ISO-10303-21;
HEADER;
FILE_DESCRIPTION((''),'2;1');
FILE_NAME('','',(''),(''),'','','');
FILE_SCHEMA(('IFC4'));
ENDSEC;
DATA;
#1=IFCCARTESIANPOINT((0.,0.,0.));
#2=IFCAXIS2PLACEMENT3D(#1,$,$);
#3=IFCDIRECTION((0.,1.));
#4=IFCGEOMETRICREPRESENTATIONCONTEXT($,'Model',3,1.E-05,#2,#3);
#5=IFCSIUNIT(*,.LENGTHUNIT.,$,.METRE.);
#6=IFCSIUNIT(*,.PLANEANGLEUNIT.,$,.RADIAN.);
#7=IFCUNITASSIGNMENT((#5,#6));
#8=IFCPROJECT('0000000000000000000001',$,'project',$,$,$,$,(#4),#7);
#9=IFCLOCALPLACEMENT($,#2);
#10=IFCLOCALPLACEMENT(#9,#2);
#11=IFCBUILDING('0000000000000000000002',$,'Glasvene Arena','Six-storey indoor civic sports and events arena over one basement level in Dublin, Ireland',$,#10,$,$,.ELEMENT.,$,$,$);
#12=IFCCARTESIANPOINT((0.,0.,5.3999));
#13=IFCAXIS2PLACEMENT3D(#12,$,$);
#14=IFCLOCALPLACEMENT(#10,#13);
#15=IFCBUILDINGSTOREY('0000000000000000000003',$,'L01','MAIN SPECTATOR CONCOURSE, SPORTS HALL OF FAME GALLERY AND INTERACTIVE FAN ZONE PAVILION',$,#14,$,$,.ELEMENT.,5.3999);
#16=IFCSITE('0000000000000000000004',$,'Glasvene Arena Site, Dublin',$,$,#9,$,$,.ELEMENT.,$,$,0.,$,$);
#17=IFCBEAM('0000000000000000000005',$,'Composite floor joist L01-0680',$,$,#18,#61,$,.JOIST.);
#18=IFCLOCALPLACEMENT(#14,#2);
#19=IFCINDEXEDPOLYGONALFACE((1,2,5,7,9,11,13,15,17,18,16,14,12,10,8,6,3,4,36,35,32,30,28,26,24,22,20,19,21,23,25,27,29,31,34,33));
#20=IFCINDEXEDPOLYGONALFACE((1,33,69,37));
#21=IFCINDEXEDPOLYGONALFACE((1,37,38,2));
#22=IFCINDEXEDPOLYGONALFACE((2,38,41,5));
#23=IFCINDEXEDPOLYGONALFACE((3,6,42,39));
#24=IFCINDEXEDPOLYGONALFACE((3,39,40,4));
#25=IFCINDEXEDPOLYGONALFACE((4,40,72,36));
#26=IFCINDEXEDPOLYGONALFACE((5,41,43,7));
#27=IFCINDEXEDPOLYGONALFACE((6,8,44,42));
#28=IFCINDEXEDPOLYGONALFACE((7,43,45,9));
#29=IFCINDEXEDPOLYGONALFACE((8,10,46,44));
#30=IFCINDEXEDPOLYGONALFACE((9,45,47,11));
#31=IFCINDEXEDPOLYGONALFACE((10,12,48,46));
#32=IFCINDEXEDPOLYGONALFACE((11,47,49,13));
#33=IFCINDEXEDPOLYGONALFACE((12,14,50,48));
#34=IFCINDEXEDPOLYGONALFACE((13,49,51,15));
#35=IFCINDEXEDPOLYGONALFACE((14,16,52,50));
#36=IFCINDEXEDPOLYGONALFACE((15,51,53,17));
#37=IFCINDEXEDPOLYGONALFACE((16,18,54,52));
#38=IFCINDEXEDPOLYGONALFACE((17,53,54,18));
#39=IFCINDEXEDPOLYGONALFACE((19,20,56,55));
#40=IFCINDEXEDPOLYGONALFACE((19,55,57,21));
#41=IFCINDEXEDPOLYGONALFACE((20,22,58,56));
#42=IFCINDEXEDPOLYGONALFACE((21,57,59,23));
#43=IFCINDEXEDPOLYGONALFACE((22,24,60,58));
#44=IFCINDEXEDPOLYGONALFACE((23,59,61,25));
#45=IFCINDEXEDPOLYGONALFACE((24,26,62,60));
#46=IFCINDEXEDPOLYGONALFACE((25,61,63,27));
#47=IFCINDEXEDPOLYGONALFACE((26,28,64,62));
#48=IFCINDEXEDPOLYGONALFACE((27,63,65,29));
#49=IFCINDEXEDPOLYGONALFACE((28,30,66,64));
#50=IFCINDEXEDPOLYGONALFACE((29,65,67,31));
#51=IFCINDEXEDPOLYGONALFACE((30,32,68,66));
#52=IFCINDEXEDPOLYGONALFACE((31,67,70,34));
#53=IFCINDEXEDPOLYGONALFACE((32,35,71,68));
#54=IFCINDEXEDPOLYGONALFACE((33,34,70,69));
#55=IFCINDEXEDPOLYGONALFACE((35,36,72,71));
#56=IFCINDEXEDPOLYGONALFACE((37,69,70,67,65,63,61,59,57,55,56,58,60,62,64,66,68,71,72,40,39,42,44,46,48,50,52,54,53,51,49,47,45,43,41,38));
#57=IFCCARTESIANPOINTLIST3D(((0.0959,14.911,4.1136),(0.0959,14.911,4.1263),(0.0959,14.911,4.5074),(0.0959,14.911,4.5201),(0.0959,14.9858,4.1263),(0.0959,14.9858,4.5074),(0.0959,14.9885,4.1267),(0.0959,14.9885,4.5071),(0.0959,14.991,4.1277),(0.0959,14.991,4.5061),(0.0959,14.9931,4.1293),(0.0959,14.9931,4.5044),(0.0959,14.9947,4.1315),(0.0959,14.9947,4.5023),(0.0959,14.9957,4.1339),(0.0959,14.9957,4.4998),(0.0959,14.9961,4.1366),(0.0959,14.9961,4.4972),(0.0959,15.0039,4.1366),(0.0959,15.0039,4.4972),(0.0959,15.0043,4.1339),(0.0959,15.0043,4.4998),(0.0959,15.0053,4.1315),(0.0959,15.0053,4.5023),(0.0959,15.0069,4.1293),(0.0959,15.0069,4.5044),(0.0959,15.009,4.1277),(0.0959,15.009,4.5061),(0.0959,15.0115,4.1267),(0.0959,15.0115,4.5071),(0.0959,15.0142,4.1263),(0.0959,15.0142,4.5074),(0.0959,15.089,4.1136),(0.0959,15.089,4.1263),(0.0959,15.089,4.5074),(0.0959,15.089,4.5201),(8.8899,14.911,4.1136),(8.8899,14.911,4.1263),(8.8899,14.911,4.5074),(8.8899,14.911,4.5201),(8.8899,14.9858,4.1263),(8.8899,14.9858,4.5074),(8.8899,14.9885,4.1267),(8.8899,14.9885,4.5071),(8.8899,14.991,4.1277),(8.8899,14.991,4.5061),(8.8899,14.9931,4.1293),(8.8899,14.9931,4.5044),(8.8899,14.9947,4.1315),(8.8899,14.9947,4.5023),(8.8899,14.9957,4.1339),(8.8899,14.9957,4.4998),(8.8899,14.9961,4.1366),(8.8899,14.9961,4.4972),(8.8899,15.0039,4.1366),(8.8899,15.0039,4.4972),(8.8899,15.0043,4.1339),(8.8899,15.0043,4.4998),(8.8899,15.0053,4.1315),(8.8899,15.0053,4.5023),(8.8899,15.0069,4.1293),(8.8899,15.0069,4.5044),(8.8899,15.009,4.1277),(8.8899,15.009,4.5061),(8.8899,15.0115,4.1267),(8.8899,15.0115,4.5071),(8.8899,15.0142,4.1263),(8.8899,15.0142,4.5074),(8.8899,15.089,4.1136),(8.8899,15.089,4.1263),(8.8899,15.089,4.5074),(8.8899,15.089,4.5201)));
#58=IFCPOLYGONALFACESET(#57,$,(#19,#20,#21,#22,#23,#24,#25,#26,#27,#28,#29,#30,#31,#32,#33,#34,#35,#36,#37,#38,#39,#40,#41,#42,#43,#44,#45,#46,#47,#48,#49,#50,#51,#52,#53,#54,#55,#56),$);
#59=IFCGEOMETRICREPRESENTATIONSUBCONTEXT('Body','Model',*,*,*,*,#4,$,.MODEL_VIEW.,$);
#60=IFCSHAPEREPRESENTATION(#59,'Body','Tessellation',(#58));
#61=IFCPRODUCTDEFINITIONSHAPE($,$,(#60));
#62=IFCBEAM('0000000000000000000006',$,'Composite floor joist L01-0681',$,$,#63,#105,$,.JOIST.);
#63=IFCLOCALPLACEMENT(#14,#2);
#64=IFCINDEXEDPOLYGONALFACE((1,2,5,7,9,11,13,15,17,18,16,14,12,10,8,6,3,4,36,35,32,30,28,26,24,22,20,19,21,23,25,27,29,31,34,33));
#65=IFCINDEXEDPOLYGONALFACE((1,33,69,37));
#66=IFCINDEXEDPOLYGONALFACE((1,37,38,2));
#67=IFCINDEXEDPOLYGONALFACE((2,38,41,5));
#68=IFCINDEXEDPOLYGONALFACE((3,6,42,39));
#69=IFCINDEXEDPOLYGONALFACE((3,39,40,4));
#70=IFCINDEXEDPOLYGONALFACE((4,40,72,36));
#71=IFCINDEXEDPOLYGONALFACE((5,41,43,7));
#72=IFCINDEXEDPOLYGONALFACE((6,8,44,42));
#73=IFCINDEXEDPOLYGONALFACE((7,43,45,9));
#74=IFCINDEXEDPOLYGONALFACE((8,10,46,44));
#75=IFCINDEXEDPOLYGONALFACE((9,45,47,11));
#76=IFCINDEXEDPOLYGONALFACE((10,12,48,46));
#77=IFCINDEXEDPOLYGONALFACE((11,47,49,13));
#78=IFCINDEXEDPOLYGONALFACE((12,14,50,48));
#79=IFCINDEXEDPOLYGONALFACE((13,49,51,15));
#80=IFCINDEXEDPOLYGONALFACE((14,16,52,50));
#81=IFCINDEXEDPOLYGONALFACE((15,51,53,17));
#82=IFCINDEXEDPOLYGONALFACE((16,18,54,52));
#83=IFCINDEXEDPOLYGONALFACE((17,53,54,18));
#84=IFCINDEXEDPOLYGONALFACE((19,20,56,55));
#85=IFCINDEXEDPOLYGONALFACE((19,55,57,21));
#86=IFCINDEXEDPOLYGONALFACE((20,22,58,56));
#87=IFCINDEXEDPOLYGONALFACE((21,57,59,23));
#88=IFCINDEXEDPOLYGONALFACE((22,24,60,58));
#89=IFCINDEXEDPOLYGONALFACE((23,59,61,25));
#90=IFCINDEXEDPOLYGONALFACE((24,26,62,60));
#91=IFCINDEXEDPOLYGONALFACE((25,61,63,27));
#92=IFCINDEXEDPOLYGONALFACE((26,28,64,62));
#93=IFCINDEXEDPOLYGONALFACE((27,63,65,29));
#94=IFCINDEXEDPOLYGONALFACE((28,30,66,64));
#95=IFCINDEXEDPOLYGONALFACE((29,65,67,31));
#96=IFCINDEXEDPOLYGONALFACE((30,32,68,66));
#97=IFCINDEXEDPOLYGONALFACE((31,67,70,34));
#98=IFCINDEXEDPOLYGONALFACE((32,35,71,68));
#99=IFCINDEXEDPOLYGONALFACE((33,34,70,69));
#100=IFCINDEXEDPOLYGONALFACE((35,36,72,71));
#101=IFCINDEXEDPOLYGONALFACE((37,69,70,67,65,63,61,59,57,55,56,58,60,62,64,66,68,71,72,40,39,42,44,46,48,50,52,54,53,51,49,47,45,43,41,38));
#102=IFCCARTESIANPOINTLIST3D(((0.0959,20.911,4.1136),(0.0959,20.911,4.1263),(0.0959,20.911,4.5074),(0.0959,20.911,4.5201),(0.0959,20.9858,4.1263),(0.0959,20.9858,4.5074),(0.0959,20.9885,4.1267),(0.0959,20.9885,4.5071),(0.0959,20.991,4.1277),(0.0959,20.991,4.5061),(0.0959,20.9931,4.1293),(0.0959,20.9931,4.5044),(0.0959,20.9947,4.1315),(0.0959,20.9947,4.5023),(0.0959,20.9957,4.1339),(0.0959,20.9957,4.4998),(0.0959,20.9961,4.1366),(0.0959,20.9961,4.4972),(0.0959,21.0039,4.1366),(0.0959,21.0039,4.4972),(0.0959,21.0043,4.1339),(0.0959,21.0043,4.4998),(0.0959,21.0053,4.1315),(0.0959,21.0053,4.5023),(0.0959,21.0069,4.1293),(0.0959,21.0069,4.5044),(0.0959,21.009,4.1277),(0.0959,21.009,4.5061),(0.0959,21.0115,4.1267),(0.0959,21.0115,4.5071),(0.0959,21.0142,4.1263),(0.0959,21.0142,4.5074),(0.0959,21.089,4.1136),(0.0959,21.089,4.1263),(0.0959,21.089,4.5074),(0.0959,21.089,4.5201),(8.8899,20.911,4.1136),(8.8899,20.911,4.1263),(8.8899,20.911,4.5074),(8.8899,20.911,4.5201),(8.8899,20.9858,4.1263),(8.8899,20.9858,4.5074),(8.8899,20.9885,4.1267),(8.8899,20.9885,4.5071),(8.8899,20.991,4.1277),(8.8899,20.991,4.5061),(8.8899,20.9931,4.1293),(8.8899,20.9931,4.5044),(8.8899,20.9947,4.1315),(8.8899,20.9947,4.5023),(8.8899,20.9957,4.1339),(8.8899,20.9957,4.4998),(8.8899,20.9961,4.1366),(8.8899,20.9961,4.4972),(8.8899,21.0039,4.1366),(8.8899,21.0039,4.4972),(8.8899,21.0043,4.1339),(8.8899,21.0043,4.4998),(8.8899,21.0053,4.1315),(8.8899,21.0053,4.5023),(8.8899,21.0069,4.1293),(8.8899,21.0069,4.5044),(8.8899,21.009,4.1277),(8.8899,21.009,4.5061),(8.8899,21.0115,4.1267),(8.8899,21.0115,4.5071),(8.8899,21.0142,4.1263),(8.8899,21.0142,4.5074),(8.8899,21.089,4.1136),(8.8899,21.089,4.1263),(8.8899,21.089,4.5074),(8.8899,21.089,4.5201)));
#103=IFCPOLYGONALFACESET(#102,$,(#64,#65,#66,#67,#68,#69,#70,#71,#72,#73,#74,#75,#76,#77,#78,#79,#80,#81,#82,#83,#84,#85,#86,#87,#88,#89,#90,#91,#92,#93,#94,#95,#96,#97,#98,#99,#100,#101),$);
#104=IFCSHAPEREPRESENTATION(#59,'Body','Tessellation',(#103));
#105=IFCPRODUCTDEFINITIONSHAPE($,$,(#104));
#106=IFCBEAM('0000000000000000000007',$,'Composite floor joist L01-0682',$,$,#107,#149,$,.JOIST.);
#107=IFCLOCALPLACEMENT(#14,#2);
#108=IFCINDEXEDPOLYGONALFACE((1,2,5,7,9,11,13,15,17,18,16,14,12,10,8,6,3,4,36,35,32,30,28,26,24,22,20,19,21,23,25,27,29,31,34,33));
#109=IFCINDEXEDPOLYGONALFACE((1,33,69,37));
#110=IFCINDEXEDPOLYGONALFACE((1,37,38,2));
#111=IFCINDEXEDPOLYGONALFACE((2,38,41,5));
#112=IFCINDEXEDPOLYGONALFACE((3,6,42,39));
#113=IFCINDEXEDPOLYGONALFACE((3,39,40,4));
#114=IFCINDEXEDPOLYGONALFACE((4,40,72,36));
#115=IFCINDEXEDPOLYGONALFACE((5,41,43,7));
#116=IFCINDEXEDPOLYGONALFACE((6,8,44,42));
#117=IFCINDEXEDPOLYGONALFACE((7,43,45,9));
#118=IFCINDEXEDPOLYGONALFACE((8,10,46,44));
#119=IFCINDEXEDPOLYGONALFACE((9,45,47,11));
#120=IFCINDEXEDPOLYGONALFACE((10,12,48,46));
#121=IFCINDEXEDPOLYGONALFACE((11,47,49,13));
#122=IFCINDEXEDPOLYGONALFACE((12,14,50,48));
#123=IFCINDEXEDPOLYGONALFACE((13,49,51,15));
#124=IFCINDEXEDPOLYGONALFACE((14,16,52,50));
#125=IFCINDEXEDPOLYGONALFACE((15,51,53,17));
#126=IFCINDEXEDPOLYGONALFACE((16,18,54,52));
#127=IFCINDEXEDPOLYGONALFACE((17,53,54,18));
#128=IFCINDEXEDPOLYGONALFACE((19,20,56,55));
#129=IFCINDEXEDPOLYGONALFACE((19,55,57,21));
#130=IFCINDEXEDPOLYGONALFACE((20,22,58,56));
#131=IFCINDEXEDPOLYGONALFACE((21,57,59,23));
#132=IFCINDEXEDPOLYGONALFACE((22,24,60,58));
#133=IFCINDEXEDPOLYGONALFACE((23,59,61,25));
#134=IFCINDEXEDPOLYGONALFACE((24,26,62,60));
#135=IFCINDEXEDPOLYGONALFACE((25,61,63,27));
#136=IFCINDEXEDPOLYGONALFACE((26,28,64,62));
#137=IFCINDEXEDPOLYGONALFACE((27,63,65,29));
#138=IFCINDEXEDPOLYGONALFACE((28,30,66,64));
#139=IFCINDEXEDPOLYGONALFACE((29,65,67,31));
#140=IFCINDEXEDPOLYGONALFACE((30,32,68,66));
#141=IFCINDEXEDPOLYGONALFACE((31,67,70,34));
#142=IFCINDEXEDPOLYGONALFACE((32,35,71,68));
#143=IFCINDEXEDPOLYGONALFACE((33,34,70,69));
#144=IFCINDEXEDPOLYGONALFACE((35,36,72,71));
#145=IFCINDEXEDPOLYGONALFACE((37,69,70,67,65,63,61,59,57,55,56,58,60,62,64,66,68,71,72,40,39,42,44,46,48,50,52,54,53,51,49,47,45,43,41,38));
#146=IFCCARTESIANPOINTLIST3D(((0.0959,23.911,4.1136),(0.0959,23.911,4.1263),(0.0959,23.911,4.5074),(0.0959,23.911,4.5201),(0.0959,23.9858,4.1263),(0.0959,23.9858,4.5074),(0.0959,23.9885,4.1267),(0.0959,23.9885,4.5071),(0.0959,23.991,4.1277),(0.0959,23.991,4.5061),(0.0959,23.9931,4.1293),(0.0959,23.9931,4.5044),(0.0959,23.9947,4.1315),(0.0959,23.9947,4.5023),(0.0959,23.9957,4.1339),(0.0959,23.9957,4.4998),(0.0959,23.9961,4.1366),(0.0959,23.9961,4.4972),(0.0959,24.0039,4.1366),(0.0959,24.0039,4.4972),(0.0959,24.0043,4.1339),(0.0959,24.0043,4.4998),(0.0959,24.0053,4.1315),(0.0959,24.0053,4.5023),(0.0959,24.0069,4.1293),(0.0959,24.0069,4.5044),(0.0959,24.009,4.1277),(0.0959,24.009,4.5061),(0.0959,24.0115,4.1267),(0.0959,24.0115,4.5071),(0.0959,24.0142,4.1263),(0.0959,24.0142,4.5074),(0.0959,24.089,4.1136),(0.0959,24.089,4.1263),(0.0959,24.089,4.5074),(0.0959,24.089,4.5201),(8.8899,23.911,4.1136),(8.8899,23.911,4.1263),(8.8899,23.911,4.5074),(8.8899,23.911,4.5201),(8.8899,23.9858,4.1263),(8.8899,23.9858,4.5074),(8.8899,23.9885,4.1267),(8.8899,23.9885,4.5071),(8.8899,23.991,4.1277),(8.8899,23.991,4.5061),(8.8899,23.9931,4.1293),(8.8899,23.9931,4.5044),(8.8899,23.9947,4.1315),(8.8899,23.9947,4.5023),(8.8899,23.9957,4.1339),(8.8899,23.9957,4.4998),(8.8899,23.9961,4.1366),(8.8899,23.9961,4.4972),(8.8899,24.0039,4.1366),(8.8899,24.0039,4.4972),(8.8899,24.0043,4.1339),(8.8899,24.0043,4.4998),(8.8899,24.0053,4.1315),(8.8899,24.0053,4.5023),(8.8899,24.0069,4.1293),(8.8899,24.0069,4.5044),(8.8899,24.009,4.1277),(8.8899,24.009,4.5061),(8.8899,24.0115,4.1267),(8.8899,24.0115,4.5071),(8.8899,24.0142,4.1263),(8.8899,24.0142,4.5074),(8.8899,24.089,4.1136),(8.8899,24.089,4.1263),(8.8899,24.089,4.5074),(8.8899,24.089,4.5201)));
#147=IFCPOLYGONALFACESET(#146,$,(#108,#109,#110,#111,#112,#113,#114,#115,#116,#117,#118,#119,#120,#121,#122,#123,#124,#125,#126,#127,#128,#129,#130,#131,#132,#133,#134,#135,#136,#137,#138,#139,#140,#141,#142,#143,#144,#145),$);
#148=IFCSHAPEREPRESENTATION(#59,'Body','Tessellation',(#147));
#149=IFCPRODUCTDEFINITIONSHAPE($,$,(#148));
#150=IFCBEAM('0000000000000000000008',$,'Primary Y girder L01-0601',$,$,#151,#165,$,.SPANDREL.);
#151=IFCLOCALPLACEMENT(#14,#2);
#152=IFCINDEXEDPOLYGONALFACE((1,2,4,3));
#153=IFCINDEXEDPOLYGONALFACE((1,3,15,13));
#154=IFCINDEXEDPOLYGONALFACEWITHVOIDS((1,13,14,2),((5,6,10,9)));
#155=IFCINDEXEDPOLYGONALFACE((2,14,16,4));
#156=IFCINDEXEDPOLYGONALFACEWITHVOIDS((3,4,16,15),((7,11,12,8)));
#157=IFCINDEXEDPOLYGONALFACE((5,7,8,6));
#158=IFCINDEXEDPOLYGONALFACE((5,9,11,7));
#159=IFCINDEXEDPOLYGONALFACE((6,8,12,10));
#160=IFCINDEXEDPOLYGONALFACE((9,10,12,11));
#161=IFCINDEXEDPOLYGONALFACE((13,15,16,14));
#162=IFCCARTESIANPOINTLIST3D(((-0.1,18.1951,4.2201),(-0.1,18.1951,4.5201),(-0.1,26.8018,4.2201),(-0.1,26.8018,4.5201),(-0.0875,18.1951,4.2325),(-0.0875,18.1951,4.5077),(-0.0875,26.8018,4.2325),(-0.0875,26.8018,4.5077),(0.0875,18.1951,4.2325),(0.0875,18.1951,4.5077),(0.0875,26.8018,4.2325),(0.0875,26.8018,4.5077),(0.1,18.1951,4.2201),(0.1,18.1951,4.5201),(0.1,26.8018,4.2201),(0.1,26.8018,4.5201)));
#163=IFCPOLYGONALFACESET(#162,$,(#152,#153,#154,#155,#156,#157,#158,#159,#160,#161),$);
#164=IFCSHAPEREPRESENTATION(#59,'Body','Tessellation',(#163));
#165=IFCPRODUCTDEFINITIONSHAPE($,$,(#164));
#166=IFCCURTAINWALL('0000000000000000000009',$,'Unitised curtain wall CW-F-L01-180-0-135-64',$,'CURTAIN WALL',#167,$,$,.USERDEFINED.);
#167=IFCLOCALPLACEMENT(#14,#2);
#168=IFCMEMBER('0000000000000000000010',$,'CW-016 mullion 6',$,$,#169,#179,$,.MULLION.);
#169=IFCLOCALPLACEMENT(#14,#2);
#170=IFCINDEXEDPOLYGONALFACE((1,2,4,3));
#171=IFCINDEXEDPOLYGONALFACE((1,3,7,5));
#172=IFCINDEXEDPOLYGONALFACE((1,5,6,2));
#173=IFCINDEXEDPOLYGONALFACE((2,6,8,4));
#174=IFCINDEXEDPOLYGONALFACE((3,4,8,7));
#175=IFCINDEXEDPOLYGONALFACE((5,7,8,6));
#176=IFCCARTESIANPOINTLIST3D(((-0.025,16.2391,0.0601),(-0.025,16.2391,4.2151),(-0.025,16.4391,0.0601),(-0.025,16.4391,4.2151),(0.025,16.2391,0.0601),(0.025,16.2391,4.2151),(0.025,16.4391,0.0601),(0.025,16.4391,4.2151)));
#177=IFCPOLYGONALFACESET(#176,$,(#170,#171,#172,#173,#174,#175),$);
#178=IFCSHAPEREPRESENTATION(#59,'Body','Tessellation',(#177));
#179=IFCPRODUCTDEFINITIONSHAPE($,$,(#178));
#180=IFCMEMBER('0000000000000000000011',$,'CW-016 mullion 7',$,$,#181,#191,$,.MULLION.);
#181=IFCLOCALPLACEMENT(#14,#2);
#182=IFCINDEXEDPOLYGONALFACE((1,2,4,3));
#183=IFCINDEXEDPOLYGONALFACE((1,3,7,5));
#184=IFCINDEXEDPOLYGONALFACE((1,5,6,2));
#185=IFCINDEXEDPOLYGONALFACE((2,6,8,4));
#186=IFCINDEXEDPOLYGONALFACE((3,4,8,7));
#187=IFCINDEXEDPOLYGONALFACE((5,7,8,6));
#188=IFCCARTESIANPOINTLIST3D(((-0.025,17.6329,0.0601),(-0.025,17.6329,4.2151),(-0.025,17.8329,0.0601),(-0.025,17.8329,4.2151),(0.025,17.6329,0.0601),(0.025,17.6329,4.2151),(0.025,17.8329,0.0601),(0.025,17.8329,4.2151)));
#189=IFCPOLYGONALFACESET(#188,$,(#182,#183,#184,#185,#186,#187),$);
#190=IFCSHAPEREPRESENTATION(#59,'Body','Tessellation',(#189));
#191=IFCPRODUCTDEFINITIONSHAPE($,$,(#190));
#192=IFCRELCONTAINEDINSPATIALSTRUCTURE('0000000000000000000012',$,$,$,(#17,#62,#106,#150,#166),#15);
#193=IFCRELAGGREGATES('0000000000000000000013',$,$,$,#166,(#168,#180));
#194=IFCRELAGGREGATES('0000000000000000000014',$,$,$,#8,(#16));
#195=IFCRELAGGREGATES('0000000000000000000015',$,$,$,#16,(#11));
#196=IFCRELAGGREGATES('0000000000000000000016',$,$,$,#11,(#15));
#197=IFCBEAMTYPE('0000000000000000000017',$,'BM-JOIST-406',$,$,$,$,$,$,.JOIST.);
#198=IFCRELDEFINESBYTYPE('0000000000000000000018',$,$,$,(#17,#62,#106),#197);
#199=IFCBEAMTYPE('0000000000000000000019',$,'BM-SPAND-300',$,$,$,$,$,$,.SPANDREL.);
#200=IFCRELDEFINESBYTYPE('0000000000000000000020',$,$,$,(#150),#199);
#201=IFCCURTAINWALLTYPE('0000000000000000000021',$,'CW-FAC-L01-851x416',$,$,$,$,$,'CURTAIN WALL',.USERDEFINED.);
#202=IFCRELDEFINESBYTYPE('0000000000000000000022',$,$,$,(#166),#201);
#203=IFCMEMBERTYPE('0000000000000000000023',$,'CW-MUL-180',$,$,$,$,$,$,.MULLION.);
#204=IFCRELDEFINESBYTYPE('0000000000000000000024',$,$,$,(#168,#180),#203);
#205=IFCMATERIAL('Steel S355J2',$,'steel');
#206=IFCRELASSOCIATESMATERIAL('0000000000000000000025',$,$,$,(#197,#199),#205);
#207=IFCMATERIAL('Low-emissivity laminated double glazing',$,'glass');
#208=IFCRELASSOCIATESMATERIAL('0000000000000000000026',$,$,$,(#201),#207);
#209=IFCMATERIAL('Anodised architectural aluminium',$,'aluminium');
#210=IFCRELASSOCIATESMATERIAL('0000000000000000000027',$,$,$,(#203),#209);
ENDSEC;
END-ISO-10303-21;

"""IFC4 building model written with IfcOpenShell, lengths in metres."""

from ifc_helpers import new_model, si_unit, direction, frame, origin, origin_2d, place, context, subcontext, project, spatial, rectangle, hollow_rectangle, i_section, extrude, material, material_profile, profile_set, type_object, element, aggregate, save


model = new_model("IFC4")

# Units and contexts
model_context = context("Model", 3, precision=1e-05, world=origin(), true_north=direction((0.0, 1.0)))
body_context = subcontext(model_context, "Body", "Model", "MODEL_VIEW")
ifc_project = project(units=[si_unit("LENGTHUNIT", "METRE"), si_unit("PLANEANGLEUNIT", "RADIAN")], contexts=[model_context])

# Site, building, storey
site_placement = place(None, origin())
site = spatial("IfcSite", under=ifc_project, at=site_placement, Name="Glasvene Arena Site, Dublin", CompositionType="ELEMENT", RefElevation=0.0)
building_placement = place(site_placement, origin())
building = spatial("IfcBuilding", under=site, at=building_placement, Name="Glasvene Arena", Description="Six-storey indoor civic sports and events arena over one basement level in Dublin, Ireland", CompositionType="ELEMENT")
storey_placement = place(building_placement, frame((0.0, 0.0, 5.3999)))
storey = spatial("IfcBuildingStorey", under=building, at=storey_placement, Name="L01", Description="MAIN SPECTATOR CONCOURSE, SPORTS HALL OF FAME GALLERY AND INTERACTIVE FAN ZONE PAVILION", CompositionType="ELEMENT", Elevation=5.3999)

# Shared definitions
ifc_material_1 = material(Name="Steel S355J2", Category="steel")

# Beams
ifc_material_profile_1 = material_profile(ifc_material_1, i_section(OverallWidth=0.178, OverallDepth=0.4065, WebThickness=0.0078, FlangeThickness=0.0127, FilletRadius=0.0103, at=origin_2d()), Name="UKB 406x178x60")
ifc_profile_set_1 = profile_set([ifc_material_profile_1], Name="Steel S355J2")
beam_type_1 = type_object("IfcBeamType", Name="BM-JOIST-406", PredefinedType="JOIST", material=ifc_profile_set_1)
for number, where, z_axis, x_axis, name in (
    (1, (0.0959, 15.0, 4.3169), (1.0, 0.0, 0.0), (0.0, 1.0, 0.0), "Composite floor joist L01-0680"),
    (2, (0.0959, 21.0, 4.3169), (1.0, 0.0, 0.0), (0.0, 1.0, 0.0), "Composite floor joist L01-0681"),
    (3, (0.0959, 24.0, 4.3169), (1.0, 0.0, 0.0), (0.0, 1.0, 0.0), "Composite floor joist L01-0682"),
):
    element("IfcBeam", number, at=place(storey_placement, frame(where, z_axis=z_axis, x_axis=x_axis)), inside=storey, type_object=beam_type_1, Name=name, PredefinedType="JOIST", context=body_context, shape_type="SweptSolid", body=[
        extrude(i_section(OverallWidth=0.178, OverallDepth=0.4065, WebThickness=0.0078, FlangeThickness=0.0127, FilletRadius=0.0103, at=origin_2d()), origin(), (0.0, 0.0, 1.0), 8.7939),
    ])
ifc_material_profile_2 = material_profile(ifc_material_1, hollow_rectangle(XDim=0.2, YDim=0.3, WallThickness=0.0125, at=origin_2d()), Name="RHS 300x200x12.5")
ifc_profile_set_2 = profile_set([ifc_material_profile_2], Name="Steel S355J2")
beam_type_2 = type_object("IfcBeamType", Name="BM-SPAND-300", PredefinedType="SPANDREL", material=ifc_profile_set_2)
beam_1_placement = place(storey_placement, frame((0.0, 18.1951, 4.3701), z_axis=(0.0, 1.0, 0.0), x_axis=(-1.0, 0.0, 0.0)))
element("IfcBeam", 4, at=beam_1_placement, inside=storey, type_object=beam_type_2, Name="Primary Y girder L01-0601", PredefinedType="SPANDREL", context=body_context, shape_type="SweptSolid", body=[
    extrude(hollow_rectangle(XDim=0.2, YDim=0.3, WallThickness=0.0125, at=origin_2d()), origin(), (0.0, 0.0, 1.0), 8.6067),
])

# Curtain wall, members
ifc_material_2 = material(Name="Low-emissivity laminated double glazing", Category="glass")
curtain_wall_type = type_object("IfcCurtainWallType", Name="CW-FAC-L01-851x416", ElementType="CURTAIN WALL", PredefinedType="USERDEFINED", material=ifc_material_2)
curtain_wall_placement = place(storey_placement, frame((0.0, 9.2451, 0.0)))
curtain_wall = element("IfcCurtainWall", 5, at=curtain_wall_placement, inside=storey, type_object=curtain_wall_type, Name="Unitised curtain wall CW-F-L01-180-0-135-64", ObjectType="CURTAIN WALL", PredefinedType="USERDEFINED")
ifc_material_3 = material(Name="Anodised architectural aluminium", Category="aluminium")
ifc_material_profile_3 = material_profile(ifc_material_3, rectangle(XDim=0.05, YDim=0.2, at=origin_2d()), Name="ALU MULLION 50x200")
ifc_profile_set_3 = profile_set([ifc_material_profile_3], Name="Anodised architectural aluminium")
member_type_1 = type_object("IfcMemberType", Name="CW-MUL-180", PredefinedType="MULLION", material=ifc_profile_set_3)
member_1_placement = place(storey_placement, frame((0.0, 16.3391, 0.0601), z_axis=(0.0, 0.0, 1.0), x_axis=(-1.0, 0.0, 0.0)))
member_1 = element("IfcMember", 6, at=member_1_placement, type_object=member_type_1, Name="CW-016 mullion 6", PredefinedType="MULLION", context=body_context, shape_type="SweptSolid", body=[
    extrude(rectangle(XDim=0.05, YDim=0.2, at=origin_2d()), origin(), (0.0, 0.0, 1.0), 4.155),
])
member_2_placement = place(storey_placement, frame((0.0, 17.7329, 0.0601), z_axis=(0.0, 0.0, 1.0), x_axis=(-1.0, 0.0, 0.0)))
member_2 = element("IfcMember", 7, at=member_2_placement, type_object=member_type_1, Name="CW-016 mullion 7", PredefinedType="MULLION", context=body_context, shape_type="SweptSolid", body=[
    extrude(rectangle(XDim=0.05, YDim=0.2, at=origin_2d()), origin(), (0.0, 0.0, 1.0), 4.155),
])
aggregate(curtain_wall, [member_1, member_2])

save(model, "model.ifc")
